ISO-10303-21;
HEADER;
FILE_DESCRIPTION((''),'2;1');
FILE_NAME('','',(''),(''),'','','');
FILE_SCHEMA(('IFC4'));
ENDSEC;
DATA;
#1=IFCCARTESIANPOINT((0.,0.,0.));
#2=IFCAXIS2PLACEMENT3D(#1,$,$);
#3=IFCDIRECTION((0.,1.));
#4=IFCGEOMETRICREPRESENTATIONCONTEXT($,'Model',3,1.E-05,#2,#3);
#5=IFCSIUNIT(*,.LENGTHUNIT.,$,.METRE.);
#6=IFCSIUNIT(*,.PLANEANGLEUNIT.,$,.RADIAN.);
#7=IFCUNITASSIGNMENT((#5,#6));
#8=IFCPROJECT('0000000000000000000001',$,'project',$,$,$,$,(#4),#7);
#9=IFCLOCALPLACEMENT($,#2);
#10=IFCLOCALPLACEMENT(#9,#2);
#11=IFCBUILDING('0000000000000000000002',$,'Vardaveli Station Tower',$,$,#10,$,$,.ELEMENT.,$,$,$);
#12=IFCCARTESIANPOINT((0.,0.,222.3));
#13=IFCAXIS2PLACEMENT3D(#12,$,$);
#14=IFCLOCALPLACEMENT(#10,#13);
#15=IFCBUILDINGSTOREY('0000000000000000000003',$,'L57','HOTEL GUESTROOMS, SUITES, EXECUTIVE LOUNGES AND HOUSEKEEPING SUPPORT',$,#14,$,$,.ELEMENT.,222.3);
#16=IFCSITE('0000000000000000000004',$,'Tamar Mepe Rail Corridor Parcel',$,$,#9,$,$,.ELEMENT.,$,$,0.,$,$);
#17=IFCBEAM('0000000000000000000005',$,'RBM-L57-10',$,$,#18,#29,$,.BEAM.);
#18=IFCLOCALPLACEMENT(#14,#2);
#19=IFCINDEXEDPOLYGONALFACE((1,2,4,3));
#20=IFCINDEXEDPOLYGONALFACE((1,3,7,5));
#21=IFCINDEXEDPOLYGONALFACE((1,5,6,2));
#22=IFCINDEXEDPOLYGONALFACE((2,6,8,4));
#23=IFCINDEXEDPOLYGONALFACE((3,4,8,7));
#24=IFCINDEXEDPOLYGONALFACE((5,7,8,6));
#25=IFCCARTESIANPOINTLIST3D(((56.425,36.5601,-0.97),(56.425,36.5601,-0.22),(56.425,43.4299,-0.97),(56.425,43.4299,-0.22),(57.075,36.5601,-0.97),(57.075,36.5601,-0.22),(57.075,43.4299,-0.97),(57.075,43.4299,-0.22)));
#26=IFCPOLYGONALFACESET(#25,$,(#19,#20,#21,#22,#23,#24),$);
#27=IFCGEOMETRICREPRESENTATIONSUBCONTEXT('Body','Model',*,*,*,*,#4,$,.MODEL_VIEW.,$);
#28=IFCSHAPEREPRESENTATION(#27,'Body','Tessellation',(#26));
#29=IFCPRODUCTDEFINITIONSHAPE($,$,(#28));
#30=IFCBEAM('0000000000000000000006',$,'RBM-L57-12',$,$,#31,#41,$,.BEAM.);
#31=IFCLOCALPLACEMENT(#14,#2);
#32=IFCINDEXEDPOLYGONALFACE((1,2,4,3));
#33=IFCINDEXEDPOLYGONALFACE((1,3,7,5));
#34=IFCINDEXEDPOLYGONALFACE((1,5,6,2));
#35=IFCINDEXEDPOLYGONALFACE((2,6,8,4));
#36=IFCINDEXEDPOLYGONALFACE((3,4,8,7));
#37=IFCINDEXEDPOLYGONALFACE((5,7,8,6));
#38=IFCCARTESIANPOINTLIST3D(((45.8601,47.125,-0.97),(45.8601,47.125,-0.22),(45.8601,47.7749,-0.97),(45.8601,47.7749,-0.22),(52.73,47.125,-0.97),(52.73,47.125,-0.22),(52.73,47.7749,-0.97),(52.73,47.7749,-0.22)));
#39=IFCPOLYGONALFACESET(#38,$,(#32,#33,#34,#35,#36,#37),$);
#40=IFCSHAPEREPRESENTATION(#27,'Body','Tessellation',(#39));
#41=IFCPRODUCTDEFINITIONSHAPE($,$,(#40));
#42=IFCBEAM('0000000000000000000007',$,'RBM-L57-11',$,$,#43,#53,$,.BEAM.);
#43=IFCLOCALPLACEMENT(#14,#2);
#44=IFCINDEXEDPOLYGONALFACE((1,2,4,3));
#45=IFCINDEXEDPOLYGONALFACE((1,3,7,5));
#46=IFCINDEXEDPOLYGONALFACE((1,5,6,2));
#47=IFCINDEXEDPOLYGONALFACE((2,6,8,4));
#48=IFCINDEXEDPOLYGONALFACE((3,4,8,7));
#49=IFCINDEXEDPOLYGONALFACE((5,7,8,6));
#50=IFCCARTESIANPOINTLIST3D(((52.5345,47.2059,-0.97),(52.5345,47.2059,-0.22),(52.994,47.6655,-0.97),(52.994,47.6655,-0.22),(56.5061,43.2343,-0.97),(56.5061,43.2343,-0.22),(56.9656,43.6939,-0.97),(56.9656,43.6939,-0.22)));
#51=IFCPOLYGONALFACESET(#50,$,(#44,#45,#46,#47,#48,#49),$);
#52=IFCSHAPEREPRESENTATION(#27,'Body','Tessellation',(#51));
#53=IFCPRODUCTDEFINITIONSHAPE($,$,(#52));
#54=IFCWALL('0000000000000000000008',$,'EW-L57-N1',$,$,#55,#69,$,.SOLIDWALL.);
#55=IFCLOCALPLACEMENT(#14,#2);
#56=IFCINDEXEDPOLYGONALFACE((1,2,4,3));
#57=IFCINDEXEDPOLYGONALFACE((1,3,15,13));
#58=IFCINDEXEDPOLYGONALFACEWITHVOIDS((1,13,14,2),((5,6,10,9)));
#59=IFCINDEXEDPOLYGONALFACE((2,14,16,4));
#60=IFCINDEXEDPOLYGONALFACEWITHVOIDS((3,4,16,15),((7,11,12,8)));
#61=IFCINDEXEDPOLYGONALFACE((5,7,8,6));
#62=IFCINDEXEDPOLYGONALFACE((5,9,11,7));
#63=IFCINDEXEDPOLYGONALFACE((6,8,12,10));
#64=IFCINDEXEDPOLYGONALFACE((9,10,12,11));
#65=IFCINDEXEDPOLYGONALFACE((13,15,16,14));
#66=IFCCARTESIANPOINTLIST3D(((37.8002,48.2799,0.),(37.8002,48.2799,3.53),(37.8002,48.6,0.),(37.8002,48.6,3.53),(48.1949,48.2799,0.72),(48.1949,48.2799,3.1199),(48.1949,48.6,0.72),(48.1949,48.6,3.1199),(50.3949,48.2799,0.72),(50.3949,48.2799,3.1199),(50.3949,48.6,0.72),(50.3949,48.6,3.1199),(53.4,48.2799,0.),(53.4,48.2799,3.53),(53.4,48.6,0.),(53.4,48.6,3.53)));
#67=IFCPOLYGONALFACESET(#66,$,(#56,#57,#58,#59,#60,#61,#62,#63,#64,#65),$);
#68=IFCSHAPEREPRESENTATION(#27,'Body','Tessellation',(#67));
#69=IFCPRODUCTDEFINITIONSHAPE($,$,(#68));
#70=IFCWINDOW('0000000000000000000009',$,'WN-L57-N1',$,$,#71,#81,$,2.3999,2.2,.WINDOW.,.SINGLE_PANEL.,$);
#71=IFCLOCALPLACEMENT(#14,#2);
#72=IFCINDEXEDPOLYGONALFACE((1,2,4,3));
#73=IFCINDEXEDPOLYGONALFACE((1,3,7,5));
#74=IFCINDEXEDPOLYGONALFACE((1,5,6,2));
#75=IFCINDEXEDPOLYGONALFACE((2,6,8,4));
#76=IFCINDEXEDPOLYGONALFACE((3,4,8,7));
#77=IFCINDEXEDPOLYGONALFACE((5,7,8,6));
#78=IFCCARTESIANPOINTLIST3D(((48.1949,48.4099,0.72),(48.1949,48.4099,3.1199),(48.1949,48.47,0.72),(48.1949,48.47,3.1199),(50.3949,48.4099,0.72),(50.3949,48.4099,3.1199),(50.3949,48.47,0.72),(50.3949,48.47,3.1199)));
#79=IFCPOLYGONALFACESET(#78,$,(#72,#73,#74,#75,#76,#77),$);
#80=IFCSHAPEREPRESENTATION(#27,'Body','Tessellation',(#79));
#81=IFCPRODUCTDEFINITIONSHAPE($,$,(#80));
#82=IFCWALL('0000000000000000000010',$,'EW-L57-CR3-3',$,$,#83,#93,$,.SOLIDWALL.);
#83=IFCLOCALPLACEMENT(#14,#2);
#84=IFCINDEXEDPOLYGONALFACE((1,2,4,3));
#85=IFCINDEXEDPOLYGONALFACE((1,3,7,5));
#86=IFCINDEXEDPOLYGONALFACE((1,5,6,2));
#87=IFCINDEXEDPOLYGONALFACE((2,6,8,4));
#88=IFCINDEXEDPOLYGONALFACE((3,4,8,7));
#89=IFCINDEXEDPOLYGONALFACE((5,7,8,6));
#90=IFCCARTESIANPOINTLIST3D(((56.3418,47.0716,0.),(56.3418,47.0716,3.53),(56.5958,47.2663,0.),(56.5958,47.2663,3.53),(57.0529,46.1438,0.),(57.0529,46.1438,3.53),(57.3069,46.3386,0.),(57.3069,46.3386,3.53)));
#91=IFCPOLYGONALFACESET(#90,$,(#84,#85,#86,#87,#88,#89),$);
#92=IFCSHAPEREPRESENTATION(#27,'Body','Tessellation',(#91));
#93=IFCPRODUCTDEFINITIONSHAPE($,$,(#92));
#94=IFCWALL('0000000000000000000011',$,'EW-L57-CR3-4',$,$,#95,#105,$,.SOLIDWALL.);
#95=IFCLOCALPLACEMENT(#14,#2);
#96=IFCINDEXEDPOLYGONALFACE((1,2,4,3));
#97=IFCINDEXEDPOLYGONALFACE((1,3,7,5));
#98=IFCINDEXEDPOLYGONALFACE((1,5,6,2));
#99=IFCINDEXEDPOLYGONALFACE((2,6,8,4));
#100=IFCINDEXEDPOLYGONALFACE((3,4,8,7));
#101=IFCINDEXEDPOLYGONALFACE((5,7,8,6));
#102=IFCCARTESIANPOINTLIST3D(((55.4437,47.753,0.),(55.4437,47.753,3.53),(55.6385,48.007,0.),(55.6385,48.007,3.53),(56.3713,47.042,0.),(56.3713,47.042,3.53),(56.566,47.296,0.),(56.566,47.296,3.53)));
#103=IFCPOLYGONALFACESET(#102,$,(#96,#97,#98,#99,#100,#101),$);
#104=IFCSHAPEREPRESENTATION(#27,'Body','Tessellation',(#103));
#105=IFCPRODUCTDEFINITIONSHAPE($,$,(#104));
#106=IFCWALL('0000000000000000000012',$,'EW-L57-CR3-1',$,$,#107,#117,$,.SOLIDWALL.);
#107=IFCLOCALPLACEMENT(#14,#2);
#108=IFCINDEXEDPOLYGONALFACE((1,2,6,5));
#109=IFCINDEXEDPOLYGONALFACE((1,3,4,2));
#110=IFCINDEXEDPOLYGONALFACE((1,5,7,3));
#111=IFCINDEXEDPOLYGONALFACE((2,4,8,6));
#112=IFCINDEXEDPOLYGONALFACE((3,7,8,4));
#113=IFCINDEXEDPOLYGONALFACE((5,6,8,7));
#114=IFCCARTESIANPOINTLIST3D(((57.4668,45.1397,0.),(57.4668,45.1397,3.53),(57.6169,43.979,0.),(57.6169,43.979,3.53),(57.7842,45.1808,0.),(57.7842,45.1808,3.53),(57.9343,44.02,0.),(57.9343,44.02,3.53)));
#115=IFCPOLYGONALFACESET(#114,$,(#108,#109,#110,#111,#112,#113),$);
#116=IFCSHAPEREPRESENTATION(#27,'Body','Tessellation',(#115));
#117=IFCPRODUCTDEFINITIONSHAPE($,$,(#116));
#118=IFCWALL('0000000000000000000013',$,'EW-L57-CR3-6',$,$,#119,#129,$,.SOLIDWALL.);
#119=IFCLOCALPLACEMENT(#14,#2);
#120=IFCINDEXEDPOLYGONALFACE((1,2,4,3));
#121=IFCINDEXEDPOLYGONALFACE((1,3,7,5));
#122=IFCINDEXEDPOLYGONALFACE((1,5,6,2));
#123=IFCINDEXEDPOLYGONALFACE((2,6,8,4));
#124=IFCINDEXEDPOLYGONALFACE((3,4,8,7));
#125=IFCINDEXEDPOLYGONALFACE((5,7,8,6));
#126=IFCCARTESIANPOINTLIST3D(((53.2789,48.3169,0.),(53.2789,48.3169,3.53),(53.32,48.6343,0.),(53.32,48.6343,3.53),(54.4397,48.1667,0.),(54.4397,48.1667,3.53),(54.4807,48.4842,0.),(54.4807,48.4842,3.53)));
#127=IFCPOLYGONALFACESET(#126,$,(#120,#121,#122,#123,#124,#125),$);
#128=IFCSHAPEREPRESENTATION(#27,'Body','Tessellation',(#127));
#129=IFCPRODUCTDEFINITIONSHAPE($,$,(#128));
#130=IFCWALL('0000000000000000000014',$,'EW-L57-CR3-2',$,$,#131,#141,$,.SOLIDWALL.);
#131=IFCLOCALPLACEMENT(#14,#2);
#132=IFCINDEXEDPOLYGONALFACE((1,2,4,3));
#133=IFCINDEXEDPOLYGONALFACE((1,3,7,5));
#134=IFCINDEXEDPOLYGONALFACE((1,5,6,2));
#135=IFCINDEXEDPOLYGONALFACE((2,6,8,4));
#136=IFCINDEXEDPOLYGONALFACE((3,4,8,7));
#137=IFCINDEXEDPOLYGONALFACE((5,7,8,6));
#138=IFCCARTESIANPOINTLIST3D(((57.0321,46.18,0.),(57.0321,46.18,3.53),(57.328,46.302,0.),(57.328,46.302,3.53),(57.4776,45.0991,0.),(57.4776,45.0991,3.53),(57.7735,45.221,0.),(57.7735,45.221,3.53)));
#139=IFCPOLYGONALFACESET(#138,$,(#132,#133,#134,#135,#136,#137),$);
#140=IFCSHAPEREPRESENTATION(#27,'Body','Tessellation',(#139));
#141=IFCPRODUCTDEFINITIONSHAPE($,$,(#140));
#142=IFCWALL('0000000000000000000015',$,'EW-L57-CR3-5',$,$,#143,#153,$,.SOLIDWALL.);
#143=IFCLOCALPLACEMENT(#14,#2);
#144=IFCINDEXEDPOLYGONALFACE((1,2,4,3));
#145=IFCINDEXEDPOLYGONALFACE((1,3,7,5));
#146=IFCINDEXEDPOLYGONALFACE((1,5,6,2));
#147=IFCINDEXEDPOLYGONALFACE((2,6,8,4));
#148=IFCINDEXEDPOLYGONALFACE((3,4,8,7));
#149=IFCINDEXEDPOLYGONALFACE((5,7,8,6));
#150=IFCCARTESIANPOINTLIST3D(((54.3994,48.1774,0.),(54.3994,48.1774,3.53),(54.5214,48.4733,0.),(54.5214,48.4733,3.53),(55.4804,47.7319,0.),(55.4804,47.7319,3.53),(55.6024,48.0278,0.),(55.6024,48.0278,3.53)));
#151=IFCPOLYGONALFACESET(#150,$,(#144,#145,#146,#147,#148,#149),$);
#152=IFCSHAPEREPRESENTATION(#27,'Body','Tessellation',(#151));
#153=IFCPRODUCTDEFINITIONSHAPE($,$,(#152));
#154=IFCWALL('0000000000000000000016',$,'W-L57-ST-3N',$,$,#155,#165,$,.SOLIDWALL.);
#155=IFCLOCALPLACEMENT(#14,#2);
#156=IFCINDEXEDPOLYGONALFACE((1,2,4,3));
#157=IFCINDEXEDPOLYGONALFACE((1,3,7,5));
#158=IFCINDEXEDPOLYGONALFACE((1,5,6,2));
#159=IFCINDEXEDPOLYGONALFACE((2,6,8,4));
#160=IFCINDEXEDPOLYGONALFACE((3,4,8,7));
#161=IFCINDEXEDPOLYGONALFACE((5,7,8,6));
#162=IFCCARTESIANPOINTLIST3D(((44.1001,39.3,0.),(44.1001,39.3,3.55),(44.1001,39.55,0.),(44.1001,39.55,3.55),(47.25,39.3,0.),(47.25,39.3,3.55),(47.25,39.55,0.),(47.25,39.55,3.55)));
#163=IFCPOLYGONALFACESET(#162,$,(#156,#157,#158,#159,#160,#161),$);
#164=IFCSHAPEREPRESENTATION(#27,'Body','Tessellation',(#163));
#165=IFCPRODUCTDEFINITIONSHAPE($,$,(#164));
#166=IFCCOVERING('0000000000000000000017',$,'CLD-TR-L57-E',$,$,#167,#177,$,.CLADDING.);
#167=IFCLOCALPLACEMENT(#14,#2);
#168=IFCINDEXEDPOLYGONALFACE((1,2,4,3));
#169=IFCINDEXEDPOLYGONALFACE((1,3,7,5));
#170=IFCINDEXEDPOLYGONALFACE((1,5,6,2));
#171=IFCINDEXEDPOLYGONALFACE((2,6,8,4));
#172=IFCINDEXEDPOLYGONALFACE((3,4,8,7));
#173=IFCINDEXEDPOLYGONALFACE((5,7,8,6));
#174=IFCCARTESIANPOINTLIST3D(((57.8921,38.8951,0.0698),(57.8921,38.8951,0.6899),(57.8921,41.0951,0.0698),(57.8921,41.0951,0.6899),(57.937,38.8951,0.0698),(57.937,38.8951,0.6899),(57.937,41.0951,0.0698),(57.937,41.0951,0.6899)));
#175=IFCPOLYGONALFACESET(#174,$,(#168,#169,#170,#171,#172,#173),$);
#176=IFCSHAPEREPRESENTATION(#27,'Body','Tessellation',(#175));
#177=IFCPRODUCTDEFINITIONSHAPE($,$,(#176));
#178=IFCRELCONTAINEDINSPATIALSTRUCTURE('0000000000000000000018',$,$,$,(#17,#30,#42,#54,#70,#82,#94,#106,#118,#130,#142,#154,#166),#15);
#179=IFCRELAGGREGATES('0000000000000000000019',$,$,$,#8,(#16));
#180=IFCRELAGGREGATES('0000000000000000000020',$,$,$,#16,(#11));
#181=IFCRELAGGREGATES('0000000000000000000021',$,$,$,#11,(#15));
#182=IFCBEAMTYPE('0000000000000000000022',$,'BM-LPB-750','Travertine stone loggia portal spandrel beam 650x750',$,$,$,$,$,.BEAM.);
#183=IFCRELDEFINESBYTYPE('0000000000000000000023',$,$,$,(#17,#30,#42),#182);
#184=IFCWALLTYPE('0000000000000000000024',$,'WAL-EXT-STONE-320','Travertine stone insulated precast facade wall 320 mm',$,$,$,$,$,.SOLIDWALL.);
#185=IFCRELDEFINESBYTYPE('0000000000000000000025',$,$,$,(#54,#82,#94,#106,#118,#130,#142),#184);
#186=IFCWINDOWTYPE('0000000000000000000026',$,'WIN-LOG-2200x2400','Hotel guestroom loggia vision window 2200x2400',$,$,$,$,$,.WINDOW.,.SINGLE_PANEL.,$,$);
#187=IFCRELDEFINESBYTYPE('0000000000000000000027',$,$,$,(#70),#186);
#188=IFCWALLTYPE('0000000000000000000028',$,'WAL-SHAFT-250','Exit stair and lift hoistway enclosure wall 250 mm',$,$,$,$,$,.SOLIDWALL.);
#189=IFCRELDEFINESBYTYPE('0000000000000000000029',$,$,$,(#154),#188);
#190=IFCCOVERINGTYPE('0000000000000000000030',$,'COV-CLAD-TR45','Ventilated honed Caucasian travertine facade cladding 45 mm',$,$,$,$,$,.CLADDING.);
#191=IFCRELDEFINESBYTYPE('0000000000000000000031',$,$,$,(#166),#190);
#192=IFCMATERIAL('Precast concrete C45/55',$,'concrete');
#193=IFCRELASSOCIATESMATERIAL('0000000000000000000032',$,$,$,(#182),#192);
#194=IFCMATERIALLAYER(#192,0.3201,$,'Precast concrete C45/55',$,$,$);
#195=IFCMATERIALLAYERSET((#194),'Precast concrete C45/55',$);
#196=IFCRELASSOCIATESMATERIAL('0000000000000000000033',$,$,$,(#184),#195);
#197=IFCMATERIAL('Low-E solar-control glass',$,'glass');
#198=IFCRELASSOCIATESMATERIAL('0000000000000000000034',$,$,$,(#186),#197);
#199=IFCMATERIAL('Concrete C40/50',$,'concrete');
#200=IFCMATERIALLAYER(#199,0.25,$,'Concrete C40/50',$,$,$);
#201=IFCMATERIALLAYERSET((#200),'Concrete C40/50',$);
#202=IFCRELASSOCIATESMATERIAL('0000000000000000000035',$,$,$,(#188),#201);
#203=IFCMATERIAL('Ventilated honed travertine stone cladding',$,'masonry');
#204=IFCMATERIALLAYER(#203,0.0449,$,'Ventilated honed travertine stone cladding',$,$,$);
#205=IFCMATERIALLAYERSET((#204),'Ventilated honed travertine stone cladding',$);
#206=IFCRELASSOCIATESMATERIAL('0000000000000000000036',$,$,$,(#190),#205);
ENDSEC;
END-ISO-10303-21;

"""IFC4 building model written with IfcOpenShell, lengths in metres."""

from ifc_helpers import new_model, si_unit, direction, frame, frame_2d, origin, origin_2d, place, context, subcontext, project, spatial, rectangle, extrude, source, transform, mapped, material, layer, layer_set, material_profile, profile_set, type_object, element, fill, save


model = new_model("IFC4")

# Units and contexts
model_context = context("Model", 3, precision=1e-05, world=origin(), true_north=direction((0.0, 1.0)))
body_context = subcontext(model_context, "Body", "Model", "MODEL_VIEW")
ifc_project = project(units=[si_unit("LENGTHUNIT", "METRE"), si_unit("PLANEANGLEUNIT", "RADIAN")], contexts=[model_context])

# Site, building, storey
site_placement = place(None, origin())
site = spatial("IfcSite", under=ifc_project, at=site_placement, Name="Tamar Mepe Rail Corridor Parcel", CompositionType="ELEMENT", RefElevation=0.0)
building_placement = place(site_placement, origin())
building = spatial("IfcBuilding", under=site, at=building_placement, Name="Vardaveli Station Tower", CompositionType="ELEMENT")
storey_placement = place(building_placement, frame((0.0, 0.0, 222.3)))
storey = spatial("IfcBuildingStorey", under=building, at=storey_placement, Name="L57", Description="HOTEL GUESTROOMS, SUITES, EXECUTIVE LOUNGES AND HOUSEKEEPING SUPPORT", CompositionType="ELEMENT", Elevation=222.3)

# Beams
ifc_material_1 = material(Name="Precast concrete C45/55", Category="concrete")
ifc_material_profile_1 = material_profile(ifc_material_1, rectangle(XDim=0.6499, YDim=0.75, at=origin_2d()), Name="LPB 650x750")
ifc_profile_set_1 = profile_set([ifc_material_profile_1], Name="Precast concrete C45/55")
beam_type = type_object("IfcBeamType", Name="BM-LPB-750", Description="Travertine stone loggia portal spandrel beam 650x750", PredefinedType="BEAM", material=ifc_profile_set_1)
shared_shape_1 = source(origin(), body_context, "Body", "SweptSolid", [
    extrude(rectangle(XDim=0.6499, YDim=0.75, at=origin_2d()), origin(), (0.0, 0.0, 1.0), 6.8699),
])
for number, where, z_axis, x_axis, name in (
    (1, (56.75, 36.5601, -0.595), (0.0, 1.0, 0.0), (-1.0, 0.0, 0.0), "RBM-L57-10"),
    (2, (52.73, 47.45, -0.595), (-1.0, 0.0, 0.0), (0.0, -1.0, 0.0), "RBM-L57-12"),
):
    element("IfcBeam", number, at=place(storey_placement, frame(where, z_axis=z_axis, x_axis=x_axis)), inside=storey, type_object=beam_type, Name=name, PredefinedType="BEAM", context=body_context, shape_type="MappedRepresentation", body=[
        mapped(shared_shape_1, transform((0.0, 0.0, 0.0), scale=1.0)),
    ])
shared_shape_2 = source(origin(), body_context, "Body", "SweptSolid", [
    extrude(rectangle(XDim=0.6499, YDim=0.75, at=origin_2d()), origin(), (0.0, 0.0, 1.0), 5.6167),
])
beam_1_placement = place(storey_placement, frame((56.7358, 43.4641, -0.595), z_axis=(-0.707107, 0.707107, 0.0), x_axis=(-0.707107, -0.707107, 0.0)))
element("IfcBeam", 3, at=beam_1_placement, inside=storey, type_object=beam_type, Name="RBM-L57-11", PredefinedType="BEAM", context=body_context, shape_type="MappedRepresentation", body=[
    mapped(shared_shape_2, transform((0.0, 0.0, 0.0), scale=1.0)),
])

# Wall, opening, window
ifc_layer_1 = layer(ifc_material_1, 0.3201, Name="Precast concrete C45/55")
ifc_layer_set_1 = layer_set([ifc_layer_1], Name="Precast concrete C45/55")
wall_type_1 = type_object("IfcWallType", Name="WAL-EXT-STONE-320", Description="Travertine stone insulated precast facade wall 320 mm", PredefinedType="SOLIDWALL", material=ifc_layer_set_1)
shared_shape_3 = source(origin(), body_context, "Body", "SweptSolid", [
    extrude(rectangle(XDim=15.5999, YDim=0.3201, at=frame_2d((7.7998, 0.0))), origin(), (0.0, 0.0, 1.0), 3.53),
])
wall_1_placement = place(storey_placement, frame((53.3999, 48.4399, 0.0), z_axis=(0.0, 0.0, 1.0), x_axis=(-1.0, 0.0, 0.0)))
wall_1 = element("IfcWall", 4, at=wall_1_placement, inside=storey, type_object=wall_type_1, Name="EW-L57-N1", PredefinedType="SOLIDWALL", context=body_context, shape_type="MappedRepresentation", body=[
    mapped(shared_shape_3, transform((0.0, 0.0, 0.0), scale=1.0)),
])
shared_shape_4 = source(origin(), body_context, "Body", "SweptSolid", [
    extrude(rectangle(XDim=2.2, YDim=2.3999, at=frame_2d((1.1001, 1.2))), frame((0.0, 0.1699, 0.0), z_axis=(0.0, -1.0, 0.0), x_axis=(1.0, 0.0, 0.0)), (0.0, 0.0, 1.0), 0.3401),
])
opening_placement = place(wall_1_placement, frame((3.0049, 0.0, 0.72)))
opening = element("IfcOpeningElement", 5, at=opening_placement, cuts=wall_1, PredefinedType="OPENING", context=body_context, shape_type="MappedRepresentation", body=[
    mapped(shared_shape_4, transform((0.0, 0.0, 0.0), scale=1.0)),
])
ifc_material_2 = material(Name="Low-E solar-control glass", Category="glass")
window_type = type_object("IfcWindowType", Name="WIN-LOG-2200x2400", Description="Hotel guestroom loggia vision window 2200x2400", PartitioningType="SINGLE_PANEL", PredefinedType="WINDOW", material=ifc_material_2)
shared_shape_5 = source(origin(), body_context, "Body", "SweptSolid", [
    extrude(rectangle(XDim=2.2, YDim=2.3999, at=frame_2d((1.1001, 1.2))), frame((0.0, 0.03, 0.0), z_axis=(0.0, -1.0, 0.0), x_axis=(1.0, 0.0, 0.0)), (0.0, 0.0, 1.0), 0.0601),
])
window_placement = place(opening_placement, origin())
window = element("IfcWindow", 6, at=window_placement, inside=storey, type_object=window_type, Name="WN-L57-N1", OverallHeight=2.3999, OverallWidth=2.2, PartitioningType="SINGLE_PANEL", PredefinedType="WINDOW", context=body_context, shape_type="MappedRepresentation", body=[
    mapped(shared_shape_5, transform((0.0, 0.0, 0.0), scale=1.0)),
])
fill(opening, window)

# Walls
shared_shape_6 = source(origin(), body_context, "Body", "SweptSolid", [
    extrude(rectangle(XDim=1.1689, YDim=0.3201, at=frame_2d((0.5845, 0.0))), origin(), (0.0, 0.0, 1.0), 3.53),
])
wall_2_placement = place(storey_placement, frame((57.1799, 46.2412, 0.0), z_axis=(0.0, 0.0, 1.0), x_axis=(-0.608388, 0.79364, 0.0)))
element("IfcWall", 7, at=wall_2_placement, inside=storey, type_object=wall_type_1, Name="EW-L57-CR3-3", PredefinedType="SOLIDWALL", context=body_context, shape_type="MappedRepresentation", body=[
    mapped(shared_shape_6, transform((0.0, 0.0, 0.0), scale=1.0)),
])
shared_shape_7 = source(origin(), body_context, "Body", "SweptSolid", [
    extrude(rectangle(XDim=1.1687, YDim=0.3201, at=frame_2d((0.5845, 0.0))), origin(), (0.0, 0.0, 1.0), 3.53),
])
wall_3_placement = place(storey_placement, frame((56.4688, 47.1689, 0.0), z_axis=(0.0, 0.0, 1.0), x_axis=(-0.793664, 0.608357, 0.0)))
element("IfcWall", 8, at=wall_3_placement, inside=storey, type_object=wall_type_1, Name="EW-L57-CR3-4", PredefinedType="SOLIDWALL", context=body_context, shape_type="MappedRepresentation", body=[
    mapped(shared_shape_7, transform((0.0, 0.0, 0.0), scale=1.0)),
])
shared_shape_8 = source(origin(), body_context, "Body", "SweptSolid", [
    extrude(rectangle(XDim=1.1704, YDim=0.3201, at=frame_2d((0.5852, 0.0))), origin(), (0.0, 0.0, 1.0), 3.53),
])
for number, where, z_axis, x_axis, name in (
    (9, (57.7756, 43.9995, 0.0), (0.0, 0.0, 1.0), (-0.128296, 0.991736, 0.0), "EW-L57-CR3-1"),
    (10, (54.4602, 48.3254, 0.0), (0.0, 0.0, 1.0), (-0.991736, 0.128296, 0.0), "EW-L57-CR3-6"),
):
    element("IfcWall", number, at=place(storey_placement, frame(where, z_axis=z_axis, x_axis=x_axis)), inside=storey, type_object=wall_type_1, Name=name, PredefinedType="SOLIDWALL", context=body_context, shape_type="MappedRepresentation", body=[
        mapped(shared_shape_8, transform((0.0, 0.0, 0.0), scale=1.0)),
    ])
shared_shape_9 = source(origin(), body_context, "Body", "SweptSolid", [
    extrude(rectangle(XDim=1.1692, YDim=0.3201, at=frame_2d((0.5845, 0.0))), origin(), (0.0, 0.0, 1.0), 3.53),
])
for number, where, z_axis, x_axis, name in (
    (11, (57.6255, 45.1602, 0.0), (0.0, 0.0, 1.0), (-0.381054, 0.924553, 0.0), "EW-L57-CR3-2"),
    (12, (55.5413, 47.8799, 0.0), (0.0, 0.0, 1.0), (-0.924553, 0.381054, 0.0), "EW-L57-CR3-5"),
):
    element("IfcWall", number, at=place(storey_placement, frame(where, z_axis=z_axis, x_axis=x_axis)), inside=storey, type_object=wall_type_1, Name=name, PredefinedType="SOLIDWALL", context=body_context, shape_type="MappedRepresentation", body=[
        mapped(shared_shape_9, transform((0.0, 0.0, 0.0), scale=1.0)),
    ])
ifc_material_3 = material(Name="Concrete C40/50", Category="concrete")
ifc_layer_2 = layer(ifc_material_3, 0.25, Name="Concrete C40/50")
ifc_layer_set_2 = layer_set([ifc_layer_2], Name="Concrete C40/50")
wall_type_2 = type_object("IfcWallType", Name="WAL-SHAFT-250", Description="Exit stair and lift hoistway enclosure wall 250 mm", PredefinedType="SOLIDWALL", material=ifc_layer_set_2)
shared_shape_10 = source(origin(), body_context, "Body", "SweptSolid", [
    extrude(rectangle(XDim=3.1499, YDim=0.25, at=frame_2d((1.575, 0.0))), origin(), (0.0, 0.0, 1.0), 3.55),
])
wall_4_placement = place(storey_placement, frame((44.1001, 39.425, 0.0), z_axis=(0.0, 0.0, 1.0), x_axis=(1.0, 0.0, 0.0)))
element("IfcWall", 13, at=wall_4_placement, inside=storey, type_object=wall_type_2, Name="W-L57-ST-3N", PredefinedType="SOLIDWALL", context=body_context, shape_type="MappedRepresentation", body=[
    mapped(shared_shape_10, transform((0.0, 0.0, 0.0), scale=1.0)),
])

# Covering
ifc_material_4 = material(Name="Ventilated honed travertine stone cladding", Category="masonry")
ifc_layer_3 = layer(ifc_material_4, 0.0449, Name="Ventilated honed travertine stone cladding")
ifc_layer_set_3 = layer_set([ifc_layer_3], Name="Ventilated honed travertine stone cladding")
covering_type = type_object("IfcCoveringType", Name="COV-CLAD-TR45", Description="Ventilated honed Caucasian travertine facade cladding 45 mm", PredefinedType="CLADDING", material=ifc_layer_set_3)
shared_shape_11 = source(origin(), body_context, "Body", "SweptSolid", [
    extrude(rectangle(XDim=2.2, YDim=0.0449, at=origin_2d()), origin(), (0.0, 0.0, 1.0), 0.6201),
])
covering_placement = place(storey_placement, frame((57.9146, 39.9951, 0.0698), z_axis=(0.0, 0.0, 1.0), x_axis=(0.0, 1.0, 0.0)))
element("IfcCovering", 14, at=covering_placement, inside=storey, type_object=covering_type, Name="CLD-TR-L57-E", PredefinedType="CLADDING", context=body_context, shape_type="MappedRepresentation", body=[
    mapped(shared_shape_11, transform((0.0, 0.0, 0.0), scale=1.0)),
])

save(model, "model.ifc")
